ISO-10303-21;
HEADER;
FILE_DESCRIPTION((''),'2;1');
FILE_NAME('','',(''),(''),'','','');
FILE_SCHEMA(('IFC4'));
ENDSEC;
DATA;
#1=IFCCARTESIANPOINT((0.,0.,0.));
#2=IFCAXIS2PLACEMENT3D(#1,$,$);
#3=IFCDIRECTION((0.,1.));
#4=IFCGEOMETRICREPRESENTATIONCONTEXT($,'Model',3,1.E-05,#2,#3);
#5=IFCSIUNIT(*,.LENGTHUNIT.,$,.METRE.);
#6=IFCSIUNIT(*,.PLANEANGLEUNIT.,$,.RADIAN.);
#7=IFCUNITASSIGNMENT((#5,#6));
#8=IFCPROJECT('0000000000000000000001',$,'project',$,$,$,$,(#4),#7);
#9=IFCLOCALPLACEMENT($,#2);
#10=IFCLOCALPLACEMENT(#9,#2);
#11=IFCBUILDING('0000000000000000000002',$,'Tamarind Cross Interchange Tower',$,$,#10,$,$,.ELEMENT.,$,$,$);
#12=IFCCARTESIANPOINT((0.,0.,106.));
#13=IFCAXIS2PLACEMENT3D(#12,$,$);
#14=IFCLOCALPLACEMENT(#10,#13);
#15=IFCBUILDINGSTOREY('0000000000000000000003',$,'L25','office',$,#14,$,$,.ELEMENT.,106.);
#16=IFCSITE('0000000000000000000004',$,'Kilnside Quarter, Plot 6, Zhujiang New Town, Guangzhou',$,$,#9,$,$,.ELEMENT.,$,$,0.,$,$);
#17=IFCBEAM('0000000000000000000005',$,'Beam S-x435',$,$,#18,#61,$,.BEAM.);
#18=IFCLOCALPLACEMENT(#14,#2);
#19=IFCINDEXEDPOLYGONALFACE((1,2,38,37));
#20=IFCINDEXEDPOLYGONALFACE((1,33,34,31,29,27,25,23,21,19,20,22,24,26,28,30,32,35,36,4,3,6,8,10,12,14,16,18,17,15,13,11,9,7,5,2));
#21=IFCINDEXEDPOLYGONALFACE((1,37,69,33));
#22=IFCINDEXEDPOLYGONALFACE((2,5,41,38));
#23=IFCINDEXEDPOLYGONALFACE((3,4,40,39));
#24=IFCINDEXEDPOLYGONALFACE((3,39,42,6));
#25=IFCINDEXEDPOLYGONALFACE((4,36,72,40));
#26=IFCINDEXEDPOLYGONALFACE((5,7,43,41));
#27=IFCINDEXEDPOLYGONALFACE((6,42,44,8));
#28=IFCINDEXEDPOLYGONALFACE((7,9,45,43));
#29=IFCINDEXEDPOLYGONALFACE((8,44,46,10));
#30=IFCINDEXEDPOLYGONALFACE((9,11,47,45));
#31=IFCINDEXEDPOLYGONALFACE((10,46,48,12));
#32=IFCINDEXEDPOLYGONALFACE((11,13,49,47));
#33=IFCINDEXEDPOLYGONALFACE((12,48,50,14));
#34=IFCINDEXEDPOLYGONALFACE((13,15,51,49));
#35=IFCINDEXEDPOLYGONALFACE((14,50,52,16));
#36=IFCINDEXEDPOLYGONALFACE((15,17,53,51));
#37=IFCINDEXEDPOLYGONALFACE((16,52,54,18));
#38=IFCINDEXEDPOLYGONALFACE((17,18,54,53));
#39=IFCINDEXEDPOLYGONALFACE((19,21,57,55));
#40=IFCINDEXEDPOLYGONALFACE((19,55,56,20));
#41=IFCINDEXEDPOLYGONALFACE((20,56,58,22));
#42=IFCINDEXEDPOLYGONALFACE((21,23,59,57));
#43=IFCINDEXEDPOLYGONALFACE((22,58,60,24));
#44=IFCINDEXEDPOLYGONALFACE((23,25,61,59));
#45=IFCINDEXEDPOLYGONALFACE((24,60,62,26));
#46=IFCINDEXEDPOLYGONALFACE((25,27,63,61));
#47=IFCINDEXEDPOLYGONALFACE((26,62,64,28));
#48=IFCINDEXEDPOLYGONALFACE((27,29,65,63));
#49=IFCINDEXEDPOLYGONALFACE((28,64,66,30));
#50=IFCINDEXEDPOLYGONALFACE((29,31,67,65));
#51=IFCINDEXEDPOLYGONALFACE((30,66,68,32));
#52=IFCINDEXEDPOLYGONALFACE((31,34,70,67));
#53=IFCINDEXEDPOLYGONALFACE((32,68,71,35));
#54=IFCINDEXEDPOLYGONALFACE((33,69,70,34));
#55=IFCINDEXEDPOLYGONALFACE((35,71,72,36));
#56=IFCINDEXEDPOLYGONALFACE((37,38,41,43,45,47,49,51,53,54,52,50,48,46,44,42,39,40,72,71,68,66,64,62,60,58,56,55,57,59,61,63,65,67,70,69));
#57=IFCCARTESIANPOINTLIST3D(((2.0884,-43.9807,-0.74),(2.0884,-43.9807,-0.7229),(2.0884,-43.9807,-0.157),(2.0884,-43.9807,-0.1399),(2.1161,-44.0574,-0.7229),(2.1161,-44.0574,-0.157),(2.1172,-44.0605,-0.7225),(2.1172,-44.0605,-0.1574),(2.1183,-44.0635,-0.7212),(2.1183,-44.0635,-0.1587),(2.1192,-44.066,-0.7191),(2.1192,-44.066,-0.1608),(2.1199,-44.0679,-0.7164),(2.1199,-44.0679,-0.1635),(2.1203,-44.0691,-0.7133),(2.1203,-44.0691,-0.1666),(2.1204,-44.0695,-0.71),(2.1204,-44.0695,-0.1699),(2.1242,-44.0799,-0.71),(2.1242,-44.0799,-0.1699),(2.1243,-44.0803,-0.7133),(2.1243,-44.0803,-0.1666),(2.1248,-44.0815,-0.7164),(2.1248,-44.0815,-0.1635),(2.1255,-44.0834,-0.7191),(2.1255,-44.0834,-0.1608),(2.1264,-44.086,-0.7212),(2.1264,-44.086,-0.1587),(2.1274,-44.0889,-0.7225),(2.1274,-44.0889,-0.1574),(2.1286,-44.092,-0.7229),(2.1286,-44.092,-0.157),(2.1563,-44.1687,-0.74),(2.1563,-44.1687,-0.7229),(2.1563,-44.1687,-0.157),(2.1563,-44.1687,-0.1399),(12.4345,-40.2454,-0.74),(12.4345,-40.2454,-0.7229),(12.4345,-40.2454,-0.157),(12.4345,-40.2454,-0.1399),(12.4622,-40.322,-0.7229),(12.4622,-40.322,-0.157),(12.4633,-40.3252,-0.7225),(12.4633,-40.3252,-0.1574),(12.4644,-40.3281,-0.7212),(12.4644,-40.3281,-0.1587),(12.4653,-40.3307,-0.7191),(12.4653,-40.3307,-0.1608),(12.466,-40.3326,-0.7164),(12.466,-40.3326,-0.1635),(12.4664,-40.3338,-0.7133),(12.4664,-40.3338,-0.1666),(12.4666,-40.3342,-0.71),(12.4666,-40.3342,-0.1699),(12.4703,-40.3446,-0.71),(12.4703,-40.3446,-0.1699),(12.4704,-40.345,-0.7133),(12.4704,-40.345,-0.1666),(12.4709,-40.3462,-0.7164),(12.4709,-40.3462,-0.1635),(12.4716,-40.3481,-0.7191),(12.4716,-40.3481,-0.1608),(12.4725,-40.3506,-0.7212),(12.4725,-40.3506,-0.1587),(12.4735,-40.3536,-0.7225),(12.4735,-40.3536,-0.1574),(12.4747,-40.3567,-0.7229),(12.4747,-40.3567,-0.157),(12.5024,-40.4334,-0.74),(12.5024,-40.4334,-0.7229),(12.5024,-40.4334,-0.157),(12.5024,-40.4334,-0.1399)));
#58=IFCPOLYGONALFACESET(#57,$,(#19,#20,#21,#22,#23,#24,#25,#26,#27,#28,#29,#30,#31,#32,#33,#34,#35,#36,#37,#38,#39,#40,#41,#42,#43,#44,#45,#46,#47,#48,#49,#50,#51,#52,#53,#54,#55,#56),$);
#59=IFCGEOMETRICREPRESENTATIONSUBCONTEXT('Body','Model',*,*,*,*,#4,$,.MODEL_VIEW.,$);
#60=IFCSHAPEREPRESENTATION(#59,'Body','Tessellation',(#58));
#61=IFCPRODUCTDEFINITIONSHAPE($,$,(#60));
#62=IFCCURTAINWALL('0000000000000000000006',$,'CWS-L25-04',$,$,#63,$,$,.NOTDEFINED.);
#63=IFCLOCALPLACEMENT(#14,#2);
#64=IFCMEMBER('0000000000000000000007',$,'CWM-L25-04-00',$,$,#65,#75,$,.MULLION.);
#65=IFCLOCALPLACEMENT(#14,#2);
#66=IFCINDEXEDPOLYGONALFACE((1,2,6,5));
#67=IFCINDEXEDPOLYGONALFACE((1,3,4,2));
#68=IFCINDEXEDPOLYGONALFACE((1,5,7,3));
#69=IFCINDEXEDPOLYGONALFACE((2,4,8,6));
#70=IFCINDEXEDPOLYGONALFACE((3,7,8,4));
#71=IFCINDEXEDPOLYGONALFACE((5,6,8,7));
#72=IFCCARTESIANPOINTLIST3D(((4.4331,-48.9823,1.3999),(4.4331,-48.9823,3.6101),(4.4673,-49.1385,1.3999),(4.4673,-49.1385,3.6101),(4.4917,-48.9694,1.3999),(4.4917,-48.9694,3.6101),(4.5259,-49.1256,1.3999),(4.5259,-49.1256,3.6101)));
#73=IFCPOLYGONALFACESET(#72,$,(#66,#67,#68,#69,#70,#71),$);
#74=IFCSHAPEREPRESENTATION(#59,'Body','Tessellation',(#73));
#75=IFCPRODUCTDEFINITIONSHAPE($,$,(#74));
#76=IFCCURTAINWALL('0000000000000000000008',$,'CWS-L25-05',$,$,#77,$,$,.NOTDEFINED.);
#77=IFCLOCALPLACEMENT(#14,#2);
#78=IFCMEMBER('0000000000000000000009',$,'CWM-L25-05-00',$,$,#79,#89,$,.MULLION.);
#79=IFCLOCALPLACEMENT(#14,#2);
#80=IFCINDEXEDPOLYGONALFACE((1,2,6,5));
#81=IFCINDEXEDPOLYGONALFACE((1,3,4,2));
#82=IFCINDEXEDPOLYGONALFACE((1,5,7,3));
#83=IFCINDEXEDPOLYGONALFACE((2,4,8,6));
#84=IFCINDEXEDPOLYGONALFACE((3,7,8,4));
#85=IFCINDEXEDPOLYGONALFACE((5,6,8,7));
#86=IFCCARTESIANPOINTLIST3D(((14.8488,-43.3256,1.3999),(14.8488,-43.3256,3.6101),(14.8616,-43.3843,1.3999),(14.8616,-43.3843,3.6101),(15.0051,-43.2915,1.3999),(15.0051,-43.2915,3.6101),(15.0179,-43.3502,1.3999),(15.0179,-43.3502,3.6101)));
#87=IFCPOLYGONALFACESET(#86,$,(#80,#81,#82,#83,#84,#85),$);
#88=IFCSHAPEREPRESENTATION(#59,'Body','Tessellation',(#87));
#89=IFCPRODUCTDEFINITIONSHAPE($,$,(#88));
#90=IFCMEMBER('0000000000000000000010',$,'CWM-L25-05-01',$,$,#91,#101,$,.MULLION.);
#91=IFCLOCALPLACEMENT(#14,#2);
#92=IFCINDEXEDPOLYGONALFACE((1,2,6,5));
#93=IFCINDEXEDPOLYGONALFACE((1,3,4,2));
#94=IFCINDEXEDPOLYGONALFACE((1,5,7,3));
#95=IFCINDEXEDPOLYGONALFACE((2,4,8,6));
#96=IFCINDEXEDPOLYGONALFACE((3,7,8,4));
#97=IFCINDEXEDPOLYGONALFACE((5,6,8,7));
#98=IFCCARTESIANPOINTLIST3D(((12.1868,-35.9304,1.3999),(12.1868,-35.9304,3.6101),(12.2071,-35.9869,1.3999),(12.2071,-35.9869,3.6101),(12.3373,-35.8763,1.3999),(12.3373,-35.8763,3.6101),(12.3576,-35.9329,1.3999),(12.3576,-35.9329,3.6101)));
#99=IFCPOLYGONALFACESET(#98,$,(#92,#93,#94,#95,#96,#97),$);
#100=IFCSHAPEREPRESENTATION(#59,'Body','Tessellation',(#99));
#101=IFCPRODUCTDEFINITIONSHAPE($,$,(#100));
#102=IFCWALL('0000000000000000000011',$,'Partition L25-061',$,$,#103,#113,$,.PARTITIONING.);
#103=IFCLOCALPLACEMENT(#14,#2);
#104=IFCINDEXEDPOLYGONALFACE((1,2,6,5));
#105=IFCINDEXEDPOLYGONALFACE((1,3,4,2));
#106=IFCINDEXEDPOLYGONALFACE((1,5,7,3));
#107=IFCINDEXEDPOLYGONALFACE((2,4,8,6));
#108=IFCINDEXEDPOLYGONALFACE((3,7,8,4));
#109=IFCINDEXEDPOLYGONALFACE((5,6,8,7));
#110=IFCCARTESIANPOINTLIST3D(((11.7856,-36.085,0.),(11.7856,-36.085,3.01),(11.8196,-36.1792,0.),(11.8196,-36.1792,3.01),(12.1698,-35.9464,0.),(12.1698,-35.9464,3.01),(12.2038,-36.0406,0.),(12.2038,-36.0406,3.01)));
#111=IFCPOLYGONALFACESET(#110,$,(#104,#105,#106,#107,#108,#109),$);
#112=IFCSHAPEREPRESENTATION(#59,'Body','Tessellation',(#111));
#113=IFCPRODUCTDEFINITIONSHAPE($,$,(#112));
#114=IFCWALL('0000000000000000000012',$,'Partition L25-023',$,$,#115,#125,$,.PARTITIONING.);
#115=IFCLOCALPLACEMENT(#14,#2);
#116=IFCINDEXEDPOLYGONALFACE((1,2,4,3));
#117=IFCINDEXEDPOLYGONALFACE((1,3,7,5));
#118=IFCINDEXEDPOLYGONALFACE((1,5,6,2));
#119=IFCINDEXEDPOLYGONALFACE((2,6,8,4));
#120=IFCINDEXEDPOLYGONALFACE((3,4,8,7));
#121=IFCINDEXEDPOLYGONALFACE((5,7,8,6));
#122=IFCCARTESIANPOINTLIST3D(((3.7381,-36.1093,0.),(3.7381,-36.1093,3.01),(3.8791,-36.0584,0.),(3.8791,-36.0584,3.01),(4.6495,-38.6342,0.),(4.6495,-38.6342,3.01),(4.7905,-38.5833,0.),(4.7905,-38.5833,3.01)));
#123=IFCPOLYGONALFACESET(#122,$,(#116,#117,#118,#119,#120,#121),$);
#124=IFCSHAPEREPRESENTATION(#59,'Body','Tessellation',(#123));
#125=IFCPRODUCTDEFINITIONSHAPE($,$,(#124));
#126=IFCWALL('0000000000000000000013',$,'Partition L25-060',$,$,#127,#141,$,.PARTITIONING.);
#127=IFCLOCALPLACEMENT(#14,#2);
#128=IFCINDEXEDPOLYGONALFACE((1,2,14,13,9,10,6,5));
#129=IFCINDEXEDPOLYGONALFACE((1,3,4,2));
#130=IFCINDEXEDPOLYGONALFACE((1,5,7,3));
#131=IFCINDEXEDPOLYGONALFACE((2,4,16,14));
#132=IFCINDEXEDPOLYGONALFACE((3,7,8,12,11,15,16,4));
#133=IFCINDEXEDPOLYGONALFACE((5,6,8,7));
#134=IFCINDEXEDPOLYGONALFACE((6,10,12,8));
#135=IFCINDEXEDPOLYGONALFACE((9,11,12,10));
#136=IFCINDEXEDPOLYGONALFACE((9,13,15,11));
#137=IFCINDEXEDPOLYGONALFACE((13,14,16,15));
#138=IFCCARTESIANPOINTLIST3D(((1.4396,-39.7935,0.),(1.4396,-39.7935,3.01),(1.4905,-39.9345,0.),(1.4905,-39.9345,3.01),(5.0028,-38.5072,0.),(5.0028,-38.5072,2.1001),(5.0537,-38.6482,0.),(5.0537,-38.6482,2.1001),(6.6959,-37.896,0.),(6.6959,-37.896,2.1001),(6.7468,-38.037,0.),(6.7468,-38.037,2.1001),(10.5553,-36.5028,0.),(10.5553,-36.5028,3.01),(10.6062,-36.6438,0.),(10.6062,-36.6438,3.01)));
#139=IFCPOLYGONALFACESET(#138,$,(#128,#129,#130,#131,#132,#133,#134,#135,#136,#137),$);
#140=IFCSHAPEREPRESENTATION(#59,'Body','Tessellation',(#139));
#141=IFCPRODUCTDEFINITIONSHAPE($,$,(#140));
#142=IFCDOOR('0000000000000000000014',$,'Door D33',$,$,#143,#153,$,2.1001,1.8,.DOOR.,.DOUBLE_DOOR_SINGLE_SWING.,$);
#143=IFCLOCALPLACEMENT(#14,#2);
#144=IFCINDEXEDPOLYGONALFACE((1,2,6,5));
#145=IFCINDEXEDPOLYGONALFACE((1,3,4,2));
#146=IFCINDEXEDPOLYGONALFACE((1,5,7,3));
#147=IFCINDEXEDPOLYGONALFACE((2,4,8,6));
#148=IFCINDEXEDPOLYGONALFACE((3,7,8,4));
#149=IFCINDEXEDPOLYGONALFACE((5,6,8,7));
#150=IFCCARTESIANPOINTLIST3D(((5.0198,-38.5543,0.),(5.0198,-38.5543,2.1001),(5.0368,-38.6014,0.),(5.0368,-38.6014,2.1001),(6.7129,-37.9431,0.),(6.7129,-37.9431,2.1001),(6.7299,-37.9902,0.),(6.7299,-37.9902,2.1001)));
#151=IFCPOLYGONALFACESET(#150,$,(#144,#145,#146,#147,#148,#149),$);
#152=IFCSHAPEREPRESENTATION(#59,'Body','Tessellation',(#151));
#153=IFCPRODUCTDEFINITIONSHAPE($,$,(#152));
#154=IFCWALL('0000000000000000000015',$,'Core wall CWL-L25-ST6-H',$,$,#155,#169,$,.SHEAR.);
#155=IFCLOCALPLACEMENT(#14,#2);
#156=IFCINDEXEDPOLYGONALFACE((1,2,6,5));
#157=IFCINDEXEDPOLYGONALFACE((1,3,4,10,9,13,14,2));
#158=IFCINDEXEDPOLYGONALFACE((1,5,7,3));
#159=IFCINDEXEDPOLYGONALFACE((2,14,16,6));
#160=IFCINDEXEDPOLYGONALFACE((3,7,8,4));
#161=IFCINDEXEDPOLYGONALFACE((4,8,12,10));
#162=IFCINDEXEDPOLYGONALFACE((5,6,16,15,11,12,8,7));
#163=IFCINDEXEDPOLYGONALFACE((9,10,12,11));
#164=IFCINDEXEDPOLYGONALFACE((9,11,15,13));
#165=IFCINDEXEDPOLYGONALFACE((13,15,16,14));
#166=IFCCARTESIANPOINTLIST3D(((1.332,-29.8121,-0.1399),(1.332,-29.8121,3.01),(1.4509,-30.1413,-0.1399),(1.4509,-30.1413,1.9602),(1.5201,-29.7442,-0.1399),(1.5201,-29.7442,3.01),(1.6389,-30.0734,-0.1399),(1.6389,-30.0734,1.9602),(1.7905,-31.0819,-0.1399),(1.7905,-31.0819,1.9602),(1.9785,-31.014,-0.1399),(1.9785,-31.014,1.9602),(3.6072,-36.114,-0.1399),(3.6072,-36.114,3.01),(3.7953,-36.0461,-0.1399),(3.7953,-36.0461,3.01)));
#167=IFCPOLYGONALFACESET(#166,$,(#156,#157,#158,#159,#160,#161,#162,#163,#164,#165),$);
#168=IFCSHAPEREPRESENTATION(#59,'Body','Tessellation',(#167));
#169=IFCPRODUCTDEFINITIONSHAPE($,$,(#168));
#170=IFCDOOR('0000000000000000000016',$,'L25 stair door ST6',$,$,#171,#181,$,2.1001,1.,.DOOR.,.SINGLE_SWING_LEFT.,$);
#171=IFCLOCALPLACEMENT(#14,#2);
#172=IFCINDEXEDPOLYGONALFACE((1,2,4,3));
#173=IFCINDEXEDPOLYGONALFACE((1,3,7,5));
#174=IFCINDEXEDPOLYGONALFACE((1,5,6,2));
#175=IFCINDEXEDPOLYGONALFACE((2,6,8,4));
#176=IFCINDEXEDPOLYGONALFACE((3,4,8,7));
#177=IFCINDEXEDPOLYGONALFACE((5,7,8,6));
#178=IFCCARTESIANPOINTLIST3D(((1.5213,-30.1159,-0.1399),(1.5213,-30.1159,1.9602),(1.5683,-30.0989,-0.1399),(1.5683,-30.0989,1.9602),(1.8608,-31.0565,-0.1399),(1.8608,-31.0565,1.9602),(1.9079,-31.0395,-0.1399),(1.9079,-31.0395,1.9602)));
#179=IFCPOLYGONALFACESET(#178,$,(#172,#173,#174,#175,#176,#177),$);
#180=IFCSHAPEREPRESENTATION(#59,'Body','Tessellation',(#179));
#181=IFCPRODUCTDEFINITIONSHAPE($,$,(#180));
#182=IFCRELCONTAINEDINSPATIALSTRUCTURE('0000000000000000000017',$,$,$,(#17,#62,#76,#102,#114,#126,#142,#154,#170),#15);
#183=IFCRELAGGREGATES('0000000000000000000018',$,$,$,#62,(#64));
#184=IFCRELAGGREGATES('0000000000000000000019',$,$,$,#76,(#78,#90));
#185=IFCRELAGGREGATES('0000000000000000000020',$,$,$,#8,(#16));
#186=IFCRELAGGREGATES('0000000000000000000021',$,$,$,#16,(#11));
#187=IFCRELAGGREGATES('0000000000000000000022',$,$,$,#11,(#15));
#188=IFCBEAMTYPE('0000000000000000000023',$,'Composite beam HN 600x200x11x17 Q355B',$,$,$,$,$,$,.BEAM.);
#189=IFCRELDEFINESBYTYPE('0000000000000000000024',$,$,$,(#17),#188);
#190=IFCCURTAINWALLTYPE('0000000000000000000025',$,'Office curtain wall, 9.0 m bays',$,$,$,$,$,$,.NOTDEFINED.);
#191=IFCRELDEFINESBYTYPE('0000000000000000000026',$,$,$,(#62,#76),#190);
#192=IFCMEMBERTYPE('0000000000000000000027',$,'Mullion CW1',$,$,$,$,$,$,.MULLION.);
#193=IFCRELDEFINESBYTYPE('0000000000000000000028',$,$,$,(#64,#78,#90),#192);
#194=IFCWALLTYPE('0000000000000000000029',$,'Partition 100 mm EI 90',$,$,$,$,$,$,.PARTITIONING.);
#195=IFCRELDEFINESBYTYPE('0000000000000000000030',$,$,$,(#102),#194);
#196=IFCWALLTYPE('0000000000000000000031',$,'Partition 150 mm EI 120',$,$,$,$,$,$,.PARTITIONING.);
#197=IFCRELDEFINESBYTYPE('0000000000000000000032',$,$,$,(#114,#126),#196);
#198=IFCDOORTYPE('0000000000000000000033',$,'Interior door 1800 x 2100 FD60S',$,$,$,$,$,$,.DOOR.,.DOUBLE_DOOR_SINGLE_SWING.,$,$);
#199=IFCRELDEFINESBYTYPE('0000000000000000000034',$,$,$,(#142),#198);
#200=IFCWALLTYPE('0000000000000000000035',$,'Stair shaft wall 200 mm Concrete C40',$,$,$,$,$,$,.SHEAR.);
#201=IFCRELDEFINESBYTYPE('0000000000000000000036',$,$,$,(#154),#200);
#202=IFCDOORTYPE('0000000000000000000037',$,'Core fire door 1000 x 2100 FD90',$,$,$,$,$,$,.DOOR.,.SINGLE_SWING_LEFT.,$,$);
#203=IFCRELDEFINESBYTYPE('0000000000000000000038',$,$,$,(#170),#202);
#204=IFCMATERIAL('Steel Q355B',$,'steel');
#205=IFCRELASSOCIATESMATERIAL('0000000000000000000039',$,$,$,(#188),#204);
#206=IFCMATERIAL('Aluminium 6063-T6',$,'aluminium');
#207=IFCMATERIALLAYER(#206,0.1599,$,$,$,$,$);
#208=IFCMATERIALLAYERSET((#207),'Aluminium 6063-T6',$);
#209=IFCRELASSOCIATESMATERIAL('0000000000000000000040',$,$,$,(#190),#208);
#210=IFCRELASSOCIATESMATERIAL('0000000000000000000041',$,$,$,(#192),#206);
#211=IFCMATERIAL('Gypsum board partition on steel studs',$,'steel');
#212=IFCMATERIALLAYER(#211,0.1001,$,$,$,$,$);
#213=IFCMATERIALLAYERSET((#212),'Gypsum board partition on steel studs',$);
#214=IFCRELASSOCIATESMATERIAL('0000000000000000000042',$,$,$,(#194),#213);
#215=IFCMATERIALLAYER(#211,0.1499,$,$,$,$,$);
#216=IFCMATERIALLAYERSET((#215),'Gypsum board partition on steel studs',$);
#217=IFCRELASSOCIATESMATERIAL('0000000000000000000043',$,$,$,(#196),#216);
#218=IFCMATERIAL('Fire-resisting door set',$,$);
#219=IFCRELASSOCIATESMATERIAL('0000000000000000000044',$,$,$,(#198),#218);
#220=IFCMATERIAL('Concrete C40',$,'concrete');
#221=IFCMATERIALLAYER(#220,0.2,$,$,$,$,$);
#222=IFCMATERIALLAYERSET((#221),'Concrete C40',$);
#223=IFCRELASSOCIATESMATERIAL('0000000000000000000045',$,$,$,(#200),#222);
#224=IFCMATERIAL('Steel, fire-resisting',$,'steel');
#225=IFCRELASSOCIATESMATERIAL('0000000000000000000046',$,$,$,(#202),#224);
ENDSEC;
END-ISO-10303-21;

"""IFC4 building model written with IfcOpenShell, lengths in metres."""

from ifc_helpers import new_model, si_unit, direction, frame, frame_2d, origin, origin_2d, place, context, subcontext, project, spatial, rectangle, i_section, extrude, material, layer, layer_set, material_profile, profile_set, type_object, element, fill, aggregate, save


model = new_model("IFC4")

# Units and contexts
model_context = context("Model", 3, precision=1e-05, world=origin(), true_north=direction((0.0, 1.0)))
body_context = subcontext(model_context, "Body", "Model", "MODEL_VIEW")
ifc_project = project(units=[si_unit("LENGTHUNIT", "METRE"), si_unit("PLANEANGLEUNIT", "RADIAN")], contexts=[model_context])

# Site, building, storey
site_placement = place(None, origin())
site = spatial("IfcSite", under=ifc_project, at=site_placement, Name="Kilnside Quarter, Plot 6, Zhujiang New Town, Guangzhou", CompositionType="ELEMENT", RefElevation=0.0)
building_placement = place(site_placement, origin())
building = spatial("IfcBuilding", under=site, at=building_placement, Name="Tamarind Cross Interchange Tower", CompositionType="ELEMENT")
storey_placement = place(building_placement, frame((0.0, 0.0, 106.0)))
storey = spatial("IfcBuildingStorey", under=building, at=storey_placement, Name="L25", Description="office", CompositionType="ELEMENT", Elevation=106.0)

# Beam
ifc_material_1 = material(Name="Steel Q355B", Category="steel")
ifc_material_profile_1 = material_profile(ifc_material_1, i_section(OverallWidth=0.2, OverallDepth=0.6001, WebThickness=0.011, FlangeThickness=0.0171, FilletRadius=0.0129, at=origin_2d()), Name="HN 600x200x11x17")
ifc_profile_set_1 = profile_set([ifc_material_profile_1], Name="Steel Q355B")
beam_type_1 = type_object("IfcBeamType", Name="Composite beam HN 600x200x11x17 Q355B", PredefinedType="BEAM", material=ifc_profile_set_1)
beam_1_placement = place(storey_placement, frame((2.1223, -44.0747, -0.4399), z_axis=(0.940576, 0.339582, 0.0), x_axis=(-0.339582, 0.940576, 0.0)))
element("IfcBeam", 1, at=beam_1_placement, inside=storey, type_object=beam_type_1, Name="Beam S-x435", PredefinedType="BEAM", context=body_context, shape_type="SweptSolid", body=[
    extrude(i_section(OverallWidth=0.2, OverallDepth=0.6001, WebThickness=0.011, FlangeThickness=0.0171, FilletRadius=0.0129, at=origin_2d()), origin(), (0.0, 0.0, 1.0), 10.9998),
])

# Curtain wall, member
ifc_material_2 = material(Name="Aluminium 6063-T6", Category="aluminium")
ifc_layer_1 = layer(ifc_material_2, 0.1599)
ifc_layer_set_1 = layer_set([ifc_layer_1], Name="Aluminium 6063-T6")
curtain_wall_type = type_object("IfcCurtainWallType", Name="Office curtain wall, 9.0 m bays", PredefinedType="NOTDEFINED", material=ifc_layer_set_1)
curtain_wall_1_placement = place(storey_placement, origin())
curtain_wall_1 = element("IfcCurtainWall", 2, at=curtain_wall_1_placement, inside=storey, type_object=curtain_wall_type, Name="CWS-L25-04", PredefinedType="NOTDEFINED")
ifc_material_profile_2 = material_profile(ifc_material_2, rectangle(XDim=0.0601, YDim=0.1599, at=origin_2d()), Name="Mullion CW1")
ifc_profile_set_2 = profile_set([ifc_material_profile_2], Name="Aluminium 6063-T6")
member_type = type_object("IfcMemberType", Name="Mullion CW1", PredefinedType="MULLION", material=ifc_profile_set_2)
member_1_placement = place(storey_placement, frame((4.4795, -49.054, 1.3999), z_axis=(0.0, 0.0, 1.0), x_axis=(0.976855, 0.213903, 0.0)))
member_1 = element("IfcMember", 3, at=member_1_placement, type_object=member_type, Name="CWM-L25-04-00", PredefinedType="MULLION", context=body_context, shape_type="SweptSolid", body=[
    extrude(rectangle(XDim=0.0601, YDim=0.1599, at=origin_2d()), origin(), (0.0, 0.0, 1.0), 2.2102),
])
aggregate(curtain_wall_1, [member_1])

# Curtain wall, members
curtain_wall_2_placement = place(storey_placement, origin())
curtain_wall_2 = element("IfcCurtainWall", 4, at=curtain_wall_2_placement, inside=storey, type_object=curtain_wall_type, Name="CWS-L25-05", PredefinedType="NOTDEFINED")
member_2_placement = place(storey_placement, frame((14.9333, -43.3379, 1.3999), z_axis=(0.0, 0.0, 1.0), x_axis=(-0.213151, 0.977019, 0.0)))
member_2 = element("IfcMember", 5, at=member_2_placement, type_object=member_type, Name="CWM-L25-05-00", PredefinedType="MULLION", context=body_context, shape_type="SweptSolid", body=[
    extrude(rectangle(XDim=0.0601, YDim=0.1599, at=origin_2d()), origin(), (0.0, 0.0, 1.0), 2.2102),
])
member_3_placement = place(storey_placement, frame((12.2722, -35.9316, 1.3999), z_axis=(0.0, 0.0, 1.0), x_axis=(-0.338129, 0.9411, 0.0)))
member_3 = element("IfcMember", 6, at=member_3_placement, type_object=member_type, Name="CWM-L25-05-01", PredefinedType="MULLION", context=body_context, shape_type="SweptSolid", body=[
    extrude(rectangle(XDim=0.0601, YDim=0.1599, at=origin_2d()), origin(), (0.0, 0.0, 1.0), 2.2102),
])
aggregate(curtain_wall_2, [member_2, member_3])

# Walls
ifc_material_3 = material(Name="Gypsum board partition on steel studs", Category="steel")
ifc_layer_2 = layer(ifc_material_3, 0.1001)
ifc_layer_set_2 = layer_set([ifc_layer_2], Name="Gypsum board partition on steel studs")
wall_type_1 = type_object("IfcWallType", Name="Partition 100 mm EI 90", PredefinedType="PARTITIONING", material=ifc_layer_set_2)
wall_1_placement = place(storey_placement, frame((11.8027, -36.1321, 0.0), z_axis=(0.0, 0.0, 1.0), x_axis=(0.940628, 0.339439, 0.0)))
element("IfcWall", 7, at=wall_1_placement, inside=storey, type_object=wall_type_1, Name="Partition L25-061", PredefinedType="PARTITIONING", context=body_context, shape_type="SweptSolid", body=[
    extrude(rectangle(XDim=0.4084, YDim=0.1001, at=frame_2d((0.2041, 0.0))), origin(), (0.0, 0.0, 1.0), 3.01),
])
ifc_layer_3 = layer(ifc_material_3, 0.1499)
ifc_layer_set_3 = layer_set([ifc_layer_3], Name="Gypsum board partition on steel studs")
wall_type_2 = type_object("IfcWallType", Name="Partition 150 mm EI 120", PredefinedType="PARTITIONING", material=ifc_layer_set_3)
wall_2_placement = place(storey_placement, frame((3.8086, -36.0837, 0.0), z_axis=(0.0, 0.0, 1.0), x_axis=(0.339515, -0.940601, 0.0)))
element("IfcWall", 8, at=wall_2_placement, inside=storey, type_object=wall_type_2, Name="Partition L25-023", PredefinedType="PARTITIONING", context=body_context, shape_type="SweptSolid", body=[
    extrude(rectangle(XDim=2.6843, YDim=0.1499, at=frame_2d((1.3423, 0.0))), origin(), (0.0, 0.0, 1.0), 3.01),
])

# Walls, openings, doors
wall_3_placement = place(storey_placement, frame((1.4651, -39.864, 0.0), z_axis=(0.0, 0.0, 1.0), x_axis=(0.940587, 0.339552, 0.0)))
wall_3 = element("IfcWall", 9, at=wall_3_placement, inside=storey, type_object=wall_type_2, Name="Partition L25-060", PredefinedType="PARTITIONING", context=body_context, shape_type="SweptSolid", body=[
    extrude(rectangle(XDim=9.6914, YDim=0.1499, at=frame_2d((4.8457, 0.0))), origin(), (0.0, 0.0, 1.0), 3.01),
])
opening_1_placement = place(wall_3_placement, frame((3.7883, 0.0, 0.0)))
opening_1 = element("IfcOpeningElement", 10, at=opening_1_placement, cuts=wall_3, PredefinedType="OPENING", context=body_context, shape_type="SweptSolid", body=[
    extrude(rectangle(XDim=1.8, YDim=2.1001, at=frame_2d((0.8999, 1.05))), frame((0.0, 0.085, 0.0), z_axis=(0.0, -1.0, 0.0), x_axis=(1.0, 0.0, 0.0)), (0.0, 0.0, 1.0), 0.1699),
])
ifc_material_4 = material(Name="Fire-resisting door set")
door_type_1 = type_object("IfcDoorType", Name="Interior door 1800 x 2100 FD60S", OperationType="DOUBLE_DOOR_SINGLE_SWING", PredefinedType="DOOR", material=ifc_material_4)
door_1_placement = place(opening_1_placement, origin())
door_1 = element("IfcDoor", 11, at=door_1_placement, inside=storey, type_object=door_type_1, Name="Door D33", OperationType="DOUBLE_DOOR_SINGLE_SWING", OverallHeight=2.1001, OverallWidth=1.8, PredefinedType="DOOR", context=body_context, shape_type="SweptSolid", body=[
    extrude(rectangle(XDim=1.8, YDim=2.1001, at=frame_2d((0.8999, 1.05))), frame((0.0, 0.0249, 0.0), z_axis=(0.0, -1.0, 0.0), x_axis=(1.0, 0.0, 0.0)), (0.0, 0.0, 1.0), 0.05),
])
fill(opening_1, door_1)
ifc_material_5 = material(Name="Concrete C40", Category="concrete")
ifc_layer_4 = layer(ifc_material_5, 0.2)
ifc_layer_set_4 = layer_set([ifc_layer_4], Name="Concrete C40")
wall_type_3 = type_object("IfcWallType", Name="Stair shaft wall 200 mm Concrete C40", PredefinedType="SHEAR", material=ifc_layer_set_4)
wall_4_placement = place(storey_placement, frame((1.426, -29.7781, -0.1399), z_axis=(0.0, 0.0, 1.0), x_axis=(0.33958, -0.940577, 0.0)))
wall_4 = element("IfcWall", 12, at=wall_4_placement, inside=storey, type_object=wall_type_3, Name="Core wall CWL-L25-ST6-H", PredefinedType="SHEAR", context=body_context, shape_type="SweptSolid", body=[
    extrude(rectangle(XDim=6.7, YDim=0.2, at=frame_2d((3.3501, 0.0))), origin(), (0.0, 0.0, 1.0), 3.1499),
])
opening_2_placement = place(wall_4_placement, frame((0.3501, 0.0, 0.0)))
opening_2 = element("IfcOpeningElement", 13, at=opening_2_placement, cuts=wall_4, PredefinedType="OPENING", context=body_context, shape_type="SweptSolid", body=[
    extrude(rectangle(XDim=1.0, YDim=2.1001, at=frame_2d((0.5, 1.05))), frame((0.0, 0.1099, 0.0), z_axis=(0.0, -1.0, 0.0), x_axis=(1.0, 0.0, 0.0)), (0.0, 0.0, 1.0), 0.22),
])
ifc_material_6 = material(Name="Steel, fire-resisting", Category="steel")
door_type_2 = type_object("IfcDoorType", Name="Core fire door 1000 x 2100 FD90", OperationType="SINGLE_SWING_LEFT", PredefinedType="DOOR", material=ifc_material_6)
door_2_placement = place(opening_2_placement, origin())
door_2 = element("IfcDoor", 14, at=door_2_placement, inside=storey, type_object=door_type_2, Name="L25 stair door ST6", OperationType="SINGLE_SWING_LEFT", OverallHeight=2.1001, OverallWidth=1.0, PredefinedType="DOOR", context=body_context, shape_type="SweptSolid", body=[
    extrude(rectangle(XDim=1.0, YDim=2.1001, at=frame_2d((0.5, 1.05))), frame((0.0, 0.0249, 0.0), z_axis=(0.0, -1.0, 0.0), x_axis=(1.0, 0.0, 0.0)), (0.0, 0.0, 1.0), 0.05),
])
fill(opening_2, door_2)

save(model, "model.ifc")
